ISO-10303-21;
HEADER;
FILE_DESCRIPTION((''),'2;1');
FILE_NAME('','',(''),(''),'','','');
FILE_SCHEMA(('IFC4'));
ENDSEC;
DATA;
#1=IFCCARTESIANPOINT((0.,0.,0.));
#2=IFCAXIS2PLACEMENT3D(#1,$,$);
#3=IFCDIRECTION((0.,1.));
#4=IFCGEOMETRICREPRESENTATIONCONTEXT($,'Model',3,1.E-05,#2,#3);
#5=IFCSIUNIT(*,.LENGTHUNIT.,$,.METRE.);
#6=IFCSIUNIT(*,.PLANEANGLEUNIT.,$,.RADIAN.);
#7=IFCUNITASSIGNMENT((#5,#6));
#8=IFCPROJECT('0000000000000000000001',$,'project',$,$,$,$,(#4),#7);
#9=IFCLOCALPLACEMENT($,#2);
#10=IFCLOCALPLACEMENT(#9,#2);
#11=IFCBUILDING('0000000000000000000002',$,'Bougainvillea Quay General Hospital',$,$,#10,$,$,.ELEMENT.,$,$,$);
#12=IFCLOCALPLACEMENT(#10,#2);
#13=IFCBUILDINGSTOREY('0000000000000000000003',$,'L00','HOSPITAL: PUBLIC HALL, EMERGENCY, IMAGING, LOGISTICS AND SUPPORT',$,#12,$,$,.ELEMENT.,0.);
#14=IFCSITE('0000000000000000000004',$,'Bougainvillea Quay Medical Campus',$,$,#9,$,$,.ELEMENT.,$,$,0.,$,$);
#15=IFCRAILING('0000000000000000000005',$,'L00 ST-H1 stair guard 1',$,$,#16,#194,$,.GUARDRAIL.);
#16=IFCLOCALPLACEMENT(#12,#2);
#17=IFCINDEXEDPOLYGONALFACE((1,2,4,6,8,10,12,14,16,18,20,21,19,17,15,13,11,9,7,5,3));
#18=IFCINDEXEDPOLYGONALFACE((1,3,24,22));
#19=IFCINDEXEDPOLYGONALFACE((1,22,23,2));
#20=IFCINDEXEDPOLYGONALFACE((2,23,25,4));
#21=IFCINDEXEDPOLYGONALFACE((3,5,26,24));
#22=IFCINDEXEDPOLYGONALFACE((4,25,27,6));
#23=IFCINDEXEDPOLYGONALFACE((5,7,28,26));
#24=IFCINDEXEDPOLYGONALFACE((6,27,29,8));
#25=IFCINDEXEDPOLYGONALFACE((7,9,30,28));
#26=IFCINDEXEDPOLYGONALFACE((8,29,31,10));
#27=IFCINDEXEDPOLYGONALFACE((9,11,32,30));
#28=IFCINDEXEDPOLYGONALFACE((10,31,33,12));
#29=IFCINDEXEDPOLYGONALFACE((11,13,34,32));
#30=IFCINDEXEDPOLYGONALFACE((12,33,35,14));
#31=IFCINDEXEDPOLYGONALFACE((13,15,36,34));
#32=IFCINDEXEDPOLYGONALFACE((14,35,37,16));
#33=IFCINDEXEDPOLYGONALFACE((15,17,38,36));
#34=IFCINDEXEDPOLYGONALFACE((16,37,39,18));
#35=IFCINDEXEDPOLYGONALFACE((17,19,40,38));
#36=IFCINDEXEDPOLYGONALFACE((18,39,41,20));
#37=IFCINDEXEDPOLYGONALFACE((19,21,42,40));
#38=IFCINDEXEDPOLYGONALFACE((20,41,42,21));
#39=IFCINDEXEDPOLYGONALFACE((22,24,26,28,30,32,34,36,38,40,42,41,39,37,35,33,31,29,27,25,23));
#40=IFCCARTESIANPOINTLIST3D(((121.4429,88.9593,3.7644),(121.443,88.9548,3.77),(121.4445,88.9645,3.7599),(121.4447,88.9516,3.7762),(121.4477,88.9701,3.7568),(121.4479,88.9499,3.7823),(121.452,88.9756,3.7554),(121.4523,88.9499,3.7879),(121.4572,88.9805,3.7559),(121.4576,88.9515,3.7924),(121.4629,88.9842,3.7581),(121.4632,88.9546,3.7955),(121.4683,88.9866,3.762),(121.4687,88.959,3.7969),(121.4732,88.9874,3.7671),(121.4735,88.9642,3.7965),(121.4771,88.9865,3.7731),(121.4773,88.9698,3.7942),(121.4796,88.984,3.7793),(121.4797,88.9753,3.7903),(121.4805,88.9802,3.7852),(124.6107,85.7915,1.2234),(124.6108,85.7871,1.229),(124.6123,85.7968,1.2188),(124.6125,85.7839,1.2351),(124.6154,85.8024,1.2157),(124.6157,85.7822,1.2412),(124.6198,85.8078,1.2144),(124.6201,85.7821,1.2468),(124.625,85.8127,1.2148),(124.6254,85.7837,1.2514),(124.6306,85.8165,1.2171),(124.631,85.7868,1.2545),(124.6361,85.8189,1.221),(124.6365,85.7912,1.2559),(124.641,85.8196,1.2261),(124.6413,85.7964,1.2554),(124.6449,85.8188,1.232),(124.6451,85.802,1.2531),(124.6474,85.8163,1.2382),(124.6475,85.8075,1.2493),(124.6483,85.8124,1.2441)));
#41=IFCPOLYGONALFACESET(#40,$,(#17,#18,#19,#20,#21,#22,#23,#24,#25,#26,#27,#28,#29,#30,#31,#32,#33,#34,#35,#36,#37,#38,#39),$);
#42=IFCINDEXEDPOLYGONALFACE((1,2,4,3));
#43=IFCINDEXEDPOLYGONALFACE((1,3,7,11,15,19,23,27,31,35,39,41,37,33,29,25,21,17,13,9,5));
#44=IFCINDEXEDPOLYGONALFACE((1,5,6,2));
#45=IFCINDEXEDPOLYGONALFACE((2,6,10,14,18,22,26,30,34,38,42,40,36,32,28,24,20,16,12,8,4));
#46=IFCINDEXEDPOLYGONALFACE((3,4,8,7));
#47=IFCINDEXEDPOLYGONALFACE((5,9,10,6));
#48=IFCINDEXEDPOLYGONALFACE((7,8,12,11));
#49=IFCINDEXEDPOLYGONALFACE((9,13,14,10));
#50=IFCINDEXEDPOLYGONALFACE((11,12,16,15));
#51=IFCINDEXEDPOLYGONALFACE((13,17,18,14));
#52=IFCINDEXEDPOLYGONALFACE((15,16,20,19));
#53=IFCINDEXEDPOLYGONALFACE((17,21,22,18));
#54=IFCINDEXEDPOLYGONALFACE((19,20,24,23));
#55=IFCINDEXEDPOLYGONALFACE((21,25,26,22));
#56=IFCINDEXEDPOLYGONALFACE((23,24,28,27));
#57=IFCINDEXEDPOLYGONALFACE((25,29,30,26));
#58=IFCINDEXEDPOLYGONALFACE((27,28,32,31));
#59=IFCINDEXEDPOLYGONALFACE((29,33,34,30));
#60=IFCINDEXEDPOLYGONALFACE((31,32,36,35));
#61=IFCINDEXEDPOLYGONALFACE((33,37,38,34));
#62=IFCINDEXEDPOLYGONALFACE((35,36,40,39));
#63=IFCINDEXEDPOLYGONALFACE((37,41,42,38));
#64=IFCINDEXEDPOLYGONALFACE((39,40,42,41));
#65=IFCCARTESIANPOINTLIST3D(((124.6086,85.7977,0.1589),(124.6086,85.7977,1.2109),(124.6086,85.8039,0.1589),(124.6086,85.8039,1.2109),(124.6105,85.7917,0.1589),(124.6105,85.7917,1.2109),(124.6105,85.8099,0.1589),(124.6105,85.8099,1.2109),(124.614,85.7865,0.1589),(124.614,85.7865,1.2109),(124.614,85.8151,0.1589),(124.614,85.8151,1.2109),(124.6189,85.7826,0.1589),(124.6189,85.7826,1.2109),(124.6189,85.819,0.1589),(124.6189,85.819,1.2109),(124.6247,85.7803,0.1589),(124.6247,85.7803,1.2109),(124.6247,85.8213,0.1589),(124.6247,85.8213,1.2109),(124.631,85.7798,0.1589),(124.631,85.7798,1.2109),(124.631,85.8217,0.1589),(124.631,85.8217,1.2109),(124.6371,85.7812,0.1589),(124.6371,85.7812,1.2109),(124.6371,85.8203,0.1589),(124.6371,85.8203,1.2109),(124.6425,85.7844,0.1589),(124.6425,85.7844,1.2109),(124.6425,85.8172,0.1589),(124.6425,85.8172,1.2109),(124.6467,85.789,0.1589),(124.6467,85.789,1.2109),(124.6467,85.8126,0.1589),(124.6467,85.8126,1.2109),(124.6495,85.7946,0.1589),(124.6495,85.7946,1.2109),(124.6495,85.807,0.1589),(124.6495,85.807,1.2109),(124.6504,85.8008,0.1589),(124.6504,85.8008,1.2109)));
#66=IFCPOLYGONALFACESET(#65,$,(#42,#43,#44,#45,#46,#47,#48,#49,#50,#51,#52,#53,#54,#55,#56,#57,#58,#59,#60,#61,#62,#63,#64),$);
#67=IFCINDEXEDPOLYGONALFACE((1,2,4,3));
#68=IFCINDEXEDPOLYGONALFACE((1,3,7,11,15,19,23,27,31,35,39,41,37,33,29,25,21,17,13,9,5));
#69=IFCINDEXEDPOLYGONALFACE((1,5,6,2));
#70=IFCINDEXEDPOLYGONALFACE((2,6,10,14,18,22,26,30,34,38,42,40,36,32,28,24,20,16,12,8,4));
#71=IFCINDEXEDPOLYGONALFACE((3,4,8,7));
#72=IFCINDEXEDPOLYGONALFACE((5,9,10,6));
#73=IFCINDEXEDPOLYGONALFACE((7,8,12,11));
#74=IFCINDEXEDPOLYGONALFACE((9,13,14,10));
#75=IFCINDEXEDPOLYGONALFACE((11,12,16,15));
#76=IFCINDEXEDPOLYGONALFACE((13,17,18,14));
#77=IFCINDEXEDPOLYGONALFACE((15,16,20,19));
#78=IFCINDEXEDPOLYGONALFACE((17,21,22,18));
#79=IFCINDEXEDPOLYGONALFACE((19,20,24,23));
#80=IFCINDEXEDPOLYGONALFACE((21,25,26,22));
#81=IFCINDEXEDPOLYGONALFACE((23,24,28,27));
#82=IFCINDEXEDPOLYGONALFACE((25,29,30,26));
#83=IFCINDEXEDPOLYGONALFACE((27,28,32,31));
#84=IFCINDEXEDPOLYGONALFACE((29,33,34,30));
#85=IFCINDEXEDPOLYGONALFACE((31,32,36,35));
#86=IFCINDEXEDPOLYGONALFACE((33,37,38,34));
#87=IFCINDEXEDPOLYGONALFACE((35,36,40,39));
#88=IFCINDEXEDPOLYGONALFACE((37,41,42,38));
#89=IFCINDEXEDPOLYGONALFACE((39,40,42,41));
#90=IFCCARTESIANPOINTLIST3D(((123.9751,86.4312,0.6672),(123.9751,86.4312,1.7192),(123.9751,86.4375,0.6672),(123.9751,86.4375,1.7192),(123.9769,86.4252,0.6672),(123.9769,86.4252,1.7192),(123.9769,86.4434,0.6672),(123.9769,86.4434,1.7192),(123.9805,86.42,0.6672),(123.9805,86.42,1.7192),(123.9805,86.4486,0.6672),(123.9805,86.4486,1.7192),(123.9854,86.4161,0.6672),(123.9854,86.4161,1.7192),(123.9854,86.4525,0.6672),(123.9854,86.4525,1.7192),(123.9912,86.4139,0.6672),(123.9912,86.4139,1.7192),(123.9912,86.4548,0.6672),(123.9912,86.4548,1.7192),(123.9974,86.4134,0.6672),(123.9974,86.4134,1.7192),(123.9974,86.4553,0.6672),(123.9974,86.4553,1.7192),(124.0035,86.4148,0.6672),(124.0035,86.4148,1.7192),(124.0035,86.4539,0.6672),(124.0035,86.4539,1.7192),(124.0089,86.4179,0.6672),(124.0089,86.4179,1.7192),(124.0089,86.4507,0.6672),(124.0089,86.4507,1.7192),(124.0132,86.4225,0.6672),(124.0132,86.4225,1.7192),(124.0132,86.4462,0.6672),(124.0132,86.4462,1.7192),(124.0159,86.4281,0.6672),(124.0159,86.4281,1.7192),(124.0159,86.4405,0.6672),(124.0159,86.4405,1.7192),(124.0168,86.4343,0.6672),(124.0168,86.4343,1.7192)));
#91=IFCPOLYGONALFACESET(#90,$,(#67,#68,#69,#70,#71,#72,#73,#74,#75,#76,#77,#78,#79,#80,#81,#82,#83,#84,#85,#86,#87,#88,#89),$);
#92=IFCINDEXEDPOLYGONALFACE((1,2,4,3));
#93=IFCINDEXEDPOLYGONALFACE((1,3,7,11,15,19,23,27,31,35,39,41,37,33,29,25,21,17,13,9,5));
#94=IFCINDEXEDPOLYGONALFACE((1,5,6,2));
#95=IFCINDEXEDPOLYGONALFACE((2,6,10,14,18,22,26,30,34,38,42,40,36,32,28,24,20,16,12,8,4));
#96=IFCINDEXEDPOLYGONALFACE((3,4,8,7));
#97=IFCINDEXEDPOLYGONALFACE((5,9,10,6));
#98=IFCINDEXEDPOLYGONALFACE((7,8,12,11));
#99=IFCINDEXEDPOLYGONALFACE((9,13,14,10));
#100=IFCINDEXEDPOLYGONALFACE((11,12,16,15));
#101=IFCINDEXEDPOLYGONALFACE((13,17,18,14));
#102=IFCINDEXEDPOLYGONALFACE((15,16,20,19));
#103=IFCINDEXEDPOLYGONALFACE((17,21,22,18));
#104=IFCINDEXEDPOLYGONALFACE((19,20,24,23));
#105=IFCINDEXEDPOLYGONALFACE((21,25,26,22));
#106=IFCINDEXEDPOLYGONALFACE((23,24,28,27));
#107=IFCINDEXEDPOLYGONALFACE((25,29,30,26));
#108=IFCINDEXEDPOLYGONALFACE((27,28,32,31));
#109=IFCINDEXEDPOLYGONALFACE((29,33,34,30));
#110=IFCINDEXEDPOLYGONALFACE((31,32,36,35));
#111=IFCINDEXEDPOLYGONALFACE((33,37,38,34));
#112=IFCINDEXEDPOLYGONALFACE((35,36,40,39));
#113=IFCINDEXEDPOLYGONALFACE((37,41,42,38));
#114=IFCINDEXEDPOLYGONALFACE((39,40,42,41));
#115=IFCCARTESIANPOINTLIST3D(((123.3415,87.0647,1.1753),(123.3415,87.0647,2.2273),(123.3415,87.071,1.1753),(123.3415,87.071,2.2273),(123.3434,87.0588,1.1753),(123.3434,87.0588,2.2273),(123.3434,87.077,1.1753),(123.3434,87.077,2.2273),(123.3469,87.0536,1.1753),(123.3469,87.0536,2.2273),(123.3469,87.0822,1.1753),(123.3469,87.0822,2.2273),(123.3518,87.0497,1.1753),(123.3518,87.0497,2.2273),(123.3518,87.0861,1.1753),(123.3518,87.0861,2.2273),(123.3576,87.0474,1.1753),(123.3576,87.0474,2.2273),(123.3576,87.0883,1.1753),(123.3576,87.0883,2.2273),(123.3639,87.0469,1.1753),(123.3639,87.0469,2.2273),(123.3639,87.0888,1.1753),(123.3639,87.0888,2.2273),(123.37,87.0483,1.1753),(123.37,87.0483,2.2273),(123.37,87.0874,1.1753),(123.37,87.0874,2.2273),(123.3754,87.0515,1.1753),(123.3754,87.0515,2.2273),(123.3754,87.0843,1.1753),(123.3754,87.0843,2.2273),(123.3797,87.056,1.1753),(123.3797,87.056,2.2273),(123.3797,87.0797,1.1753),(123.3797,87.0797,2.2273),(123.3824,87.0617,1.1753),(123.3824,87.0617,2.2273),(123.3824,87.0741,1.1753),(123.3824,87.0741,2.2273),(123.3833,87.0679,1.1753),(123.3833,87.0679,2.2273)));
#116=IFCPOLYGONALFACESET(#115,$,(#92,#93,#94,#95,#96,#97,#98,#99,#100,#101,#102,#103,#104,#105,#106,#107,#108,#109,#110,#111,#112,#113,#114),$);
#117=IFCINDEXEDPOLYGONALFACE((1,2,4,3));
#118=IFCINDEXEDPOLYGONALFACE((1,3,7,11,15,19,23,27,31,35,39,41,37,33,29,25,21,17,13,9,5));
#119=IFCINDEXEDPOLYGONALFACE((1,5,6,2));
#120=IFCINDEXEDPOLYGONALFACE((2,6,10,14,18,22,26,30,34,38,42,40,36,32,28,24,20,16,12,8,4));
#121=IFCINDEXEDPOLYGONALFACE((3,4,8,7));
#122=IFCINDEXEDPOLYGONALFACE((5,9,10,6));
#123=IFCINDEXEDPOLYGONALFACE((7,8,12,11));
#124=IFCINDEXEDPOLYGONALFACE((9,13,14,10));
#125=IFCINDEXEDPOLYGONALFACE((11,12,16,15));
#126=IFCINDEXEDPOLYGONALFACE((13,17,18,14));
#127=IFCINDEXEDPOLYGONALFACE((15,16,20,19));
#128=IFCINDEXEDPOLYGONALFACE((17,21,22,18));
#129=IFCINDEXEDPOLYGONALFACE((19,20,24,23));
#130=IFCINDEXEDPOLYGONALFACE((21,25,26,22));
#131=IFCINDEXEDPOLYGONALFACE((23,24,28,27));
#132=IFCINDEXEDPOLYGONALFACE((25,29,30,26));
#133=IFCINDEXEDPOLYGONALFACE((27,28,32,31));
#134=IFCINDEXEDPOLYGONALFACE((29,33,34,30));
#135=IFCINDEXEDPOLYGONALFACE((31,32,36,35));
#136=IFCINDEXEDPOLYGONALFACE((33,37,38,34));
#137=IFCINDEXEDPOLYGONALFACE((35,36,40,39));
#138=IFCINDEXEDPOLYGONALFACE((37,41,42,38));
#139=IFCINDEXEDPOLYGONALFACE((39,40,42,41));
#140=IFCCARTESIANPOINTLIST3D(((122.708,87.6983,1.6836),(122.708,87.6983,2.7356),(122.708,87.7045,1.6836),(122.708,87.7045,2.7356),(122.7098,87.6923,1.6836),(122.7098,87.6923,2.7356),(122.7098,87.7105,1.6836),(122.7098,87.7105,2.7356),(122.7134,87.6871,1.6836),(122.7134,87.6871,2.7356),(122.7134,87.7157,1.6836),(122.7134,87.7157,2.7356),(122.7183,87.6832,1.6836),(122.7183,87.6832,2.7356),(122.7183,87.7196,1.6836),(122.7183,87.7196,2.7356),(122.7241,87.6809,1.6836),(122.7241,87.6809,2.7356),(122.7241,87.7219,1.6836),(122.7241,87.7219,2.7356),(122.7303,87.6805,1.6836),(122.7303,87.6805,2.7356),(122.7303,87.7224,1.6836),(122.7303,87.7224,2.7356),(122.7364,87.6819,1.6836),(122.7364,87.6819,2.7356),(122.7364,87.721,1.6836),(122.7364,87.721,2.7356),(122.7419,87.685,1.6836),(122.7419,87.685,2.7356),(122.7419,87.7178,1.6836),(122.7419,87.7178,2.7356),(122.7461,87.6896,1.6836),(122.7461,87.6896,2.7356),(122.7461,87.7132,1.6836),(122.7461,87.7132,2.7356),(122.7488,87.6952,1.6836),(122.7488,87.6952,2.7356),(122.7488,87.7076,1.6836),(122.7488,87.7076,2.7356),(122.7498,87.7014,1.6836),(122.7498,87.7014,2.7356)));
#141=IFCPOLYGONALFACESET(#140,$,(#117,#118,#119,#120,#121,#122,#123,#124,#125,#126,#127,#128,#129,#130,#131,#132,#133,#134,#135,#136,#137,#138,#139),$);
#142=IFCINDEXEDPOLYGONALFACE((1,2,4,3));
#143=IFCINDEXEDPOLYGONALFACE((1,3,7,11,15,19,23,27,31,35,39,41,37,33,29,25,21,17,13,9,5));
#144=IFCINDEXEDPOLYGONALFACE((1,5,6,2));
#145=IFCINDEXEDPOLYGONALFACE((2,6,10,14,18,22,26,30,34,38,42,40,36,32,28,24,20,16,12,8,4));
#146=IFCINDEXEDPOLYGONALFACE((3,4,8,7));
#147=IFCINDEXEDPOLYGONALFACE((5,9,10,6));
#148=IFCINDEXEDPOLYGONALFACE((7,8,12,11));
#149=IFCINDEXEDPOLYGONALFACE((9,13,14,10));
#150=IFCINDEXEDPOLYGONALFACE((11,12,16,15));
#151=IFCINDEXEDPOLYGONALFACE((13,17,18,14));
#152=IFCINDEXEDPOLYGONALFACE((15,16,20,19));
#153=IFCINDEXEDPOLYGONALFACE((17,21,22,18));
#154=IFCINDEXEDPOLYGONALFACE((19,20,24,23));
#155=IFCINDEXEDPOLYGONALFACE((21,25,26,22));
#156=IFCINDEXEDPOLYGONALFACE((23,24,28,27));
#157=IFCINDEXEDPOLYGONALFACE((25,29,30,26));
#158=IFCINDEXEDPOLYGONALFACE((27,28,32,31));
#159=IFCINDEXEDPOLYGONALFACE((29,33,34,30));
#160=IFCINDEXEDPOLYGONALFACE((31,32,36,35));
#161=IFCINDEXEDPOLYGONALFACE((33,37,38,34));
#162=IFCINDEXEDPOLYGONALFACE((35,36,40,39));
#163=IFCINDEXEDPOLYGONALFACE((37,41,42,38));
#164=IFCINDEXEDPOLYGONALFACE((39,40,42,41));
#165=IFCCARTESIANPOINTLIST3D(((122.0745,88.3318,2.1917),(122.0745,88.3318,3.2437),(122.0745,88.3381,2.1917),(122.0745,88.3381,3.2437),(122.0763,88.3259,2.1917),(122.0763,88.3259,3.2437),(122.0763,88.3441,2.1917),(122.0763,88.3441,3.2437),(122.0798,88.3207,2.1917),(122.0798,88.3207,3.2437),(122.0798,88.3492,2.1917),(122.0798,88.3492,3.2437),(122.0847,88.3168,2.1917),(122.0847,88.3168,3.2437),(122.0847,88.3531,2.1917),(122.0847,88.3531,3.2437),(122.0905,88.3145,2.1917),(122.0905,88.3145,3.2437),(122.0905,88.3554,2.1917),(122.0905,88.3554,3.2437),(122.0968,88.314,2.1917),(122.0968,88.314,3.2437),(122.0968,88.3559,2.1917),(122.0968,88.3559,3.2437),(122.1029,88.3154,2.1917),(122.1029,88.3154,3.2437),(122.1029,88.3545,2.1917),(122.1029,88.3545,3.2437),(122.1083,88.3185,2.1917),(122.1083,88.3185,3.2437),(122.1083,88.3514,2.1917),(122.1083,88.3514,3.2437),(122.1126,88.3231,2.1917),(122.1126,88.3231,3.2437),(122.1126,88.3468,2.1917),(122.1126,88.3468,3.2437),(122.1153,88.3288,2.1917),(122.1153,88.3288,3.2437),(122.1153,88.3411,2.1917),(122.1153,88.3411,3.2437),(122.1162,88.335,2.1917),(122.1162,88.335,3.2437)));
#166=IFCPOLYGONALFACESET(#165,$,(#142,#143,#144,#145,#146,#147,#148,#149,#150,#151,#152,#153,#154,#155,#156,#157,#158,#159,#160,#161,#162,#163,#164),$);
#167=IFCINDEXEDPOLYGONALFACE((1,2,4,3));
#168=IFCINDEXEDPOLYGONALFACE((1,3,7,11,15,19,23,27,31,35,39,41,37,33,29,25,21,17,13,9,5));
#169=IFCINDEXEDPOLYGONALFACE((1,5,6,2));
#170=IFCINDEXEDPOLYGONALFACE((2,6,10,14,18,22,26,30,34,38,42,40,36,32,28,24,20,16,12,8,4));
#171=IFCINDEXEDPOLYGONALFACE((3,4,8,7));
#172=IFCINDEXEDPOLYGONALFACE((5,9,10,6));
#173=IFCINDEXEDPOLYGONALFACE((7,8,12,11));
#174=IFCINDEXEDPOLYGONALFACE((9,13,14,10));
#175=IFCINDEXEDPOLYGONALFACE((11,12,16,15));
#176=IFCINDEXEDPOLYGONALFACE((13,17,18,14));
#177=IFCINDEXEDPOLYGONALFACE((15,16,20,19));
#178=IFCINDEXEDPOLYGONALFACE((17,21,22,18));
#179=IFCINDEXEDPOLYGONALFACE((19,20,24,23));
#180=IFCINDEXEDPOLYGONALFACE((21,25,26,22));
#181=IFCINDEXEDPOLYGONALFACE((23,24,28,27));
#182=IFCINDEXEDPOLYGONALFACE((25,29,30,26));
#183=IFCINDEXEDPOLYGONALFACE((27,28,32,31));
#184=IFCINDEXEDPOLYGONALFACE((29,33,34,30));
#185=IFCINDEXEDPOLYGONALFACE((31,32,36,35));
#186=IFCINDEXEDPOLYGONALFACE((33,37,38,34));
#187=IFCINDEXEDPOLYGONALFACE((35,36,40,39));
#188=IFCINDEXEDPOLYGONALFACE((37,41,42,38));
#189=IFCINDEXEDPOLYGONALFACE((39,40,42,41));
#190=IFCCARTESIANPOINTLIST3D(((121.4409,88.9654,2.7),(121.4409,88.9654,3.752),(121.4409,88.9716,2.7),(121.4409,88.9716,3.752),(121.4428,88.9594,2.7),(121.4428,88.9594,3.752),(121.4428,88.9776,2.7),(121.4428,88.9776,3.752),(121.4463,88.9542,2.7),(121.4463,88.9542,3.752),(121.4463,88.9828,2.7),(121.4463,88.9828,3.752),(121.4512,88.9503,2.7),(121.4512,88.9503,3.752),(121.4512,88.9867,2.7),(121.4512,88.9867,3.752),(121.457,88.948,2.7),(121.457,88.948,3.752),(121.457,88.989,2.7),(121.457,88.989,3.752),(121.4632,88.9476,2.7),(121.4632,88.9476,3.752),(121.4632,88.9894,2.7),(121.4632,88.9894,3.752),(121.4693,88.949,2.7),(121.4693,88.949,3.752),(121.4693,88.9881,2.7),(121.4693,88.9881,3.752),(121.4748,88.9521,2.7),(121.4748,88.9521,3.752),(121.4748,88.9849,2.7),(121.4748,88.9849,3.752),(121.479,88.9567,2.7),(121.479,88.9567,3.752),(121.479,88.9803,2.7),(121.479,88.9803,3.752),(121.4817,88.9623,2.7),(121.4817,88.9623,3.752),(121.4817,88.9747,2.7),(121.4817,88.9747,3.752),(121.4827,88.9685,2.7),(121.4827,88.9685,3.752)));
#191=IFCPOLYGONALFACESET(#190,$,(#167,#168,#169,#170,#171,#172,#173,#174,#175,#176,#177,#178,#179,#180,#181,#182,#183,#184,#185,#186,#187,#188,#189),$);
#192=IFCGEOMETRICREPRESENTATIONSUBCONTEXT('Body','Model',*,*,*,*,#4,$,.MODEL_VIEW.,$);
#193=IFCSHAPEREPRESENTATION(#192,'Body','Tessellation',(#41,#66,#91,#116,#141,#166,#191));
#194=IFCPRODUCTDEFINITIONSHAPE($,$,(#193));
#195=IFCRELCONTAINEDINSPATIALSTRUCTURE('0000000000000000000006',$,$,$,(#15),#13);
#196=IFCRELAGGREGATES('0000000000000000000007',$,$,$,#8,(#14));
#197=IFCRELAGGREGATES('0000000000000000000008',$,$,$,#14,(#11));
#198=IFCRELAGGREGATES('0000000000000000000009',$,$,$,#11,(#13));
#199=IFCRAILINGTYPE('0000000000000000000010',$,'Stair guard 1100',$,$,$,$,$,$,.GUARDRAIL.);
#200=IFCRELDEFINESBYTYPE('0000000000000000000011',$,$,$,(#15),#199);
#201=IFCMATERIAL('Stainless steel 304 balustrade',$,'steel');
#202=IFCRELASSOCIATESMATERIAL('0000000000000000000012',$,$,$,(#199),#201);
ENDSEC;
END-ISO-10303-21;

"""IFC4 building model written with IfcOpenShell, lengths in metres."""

from ifc_helpers import new_model, si_unit, direction, frame, origin, origin_2d, place, context, subcontext, project, spatial, circle, extrude, material, type_object, element, save


model = new_model("IFC4")

# Units and contexts
model_context = context("Model", 3, precision=1e-05, world=origin(), true_north=direction((0.0, 1.0)))
body_context = subcontext(model_context, "Body", "Model", "MODEL_VIEW")
ifc_project = project(units=[si_unit("LENGTHUNIT", "METRE"), si_unit("PLANEANGLEUNIT", "RADIAN")], contexts=[model_context])

# Site, building, storey
site_placement = place(None, origin())
site = spatial("IfcSite", under=ifc_project, at=site_placement, Name="Bougainvillea Quay Medical Campus", CompositionType="ELEMENT", RefElevation=0.0)
building_placement = place(site_placement, origin())
building = spatial("IfcBuilding", under=site, at=building_placement, Name="Bougainvillea Quay General Hospital", CompositionType="ELEMENT")
storey_placement = place(building_placement, origin())
storey = spatial("IfcBuildingStorey", under=building, at=storey_placement, Name="L00", Description="HOSPITAL: PUBLIC HALL, EMERGENCY, IMAGING, LOGISTICS AND SUPPORT", CompositionType="ELEMENT", Elevation=0.0)

# Railing
ifc_material_1 = material(Name="Stainless steel 304 balustrade", Category="steel")
railing_type_1 = type_object("IfcRailingType", Name="Stair guard 1100", PredefinedType="GUARDRAIL", material=ifc_material_1)
railing_1_placement = place(storey_placement, frame((124.6294, 85.8008, 0.1589)))
element("IfcRailing", 1, at=railing_1_placement, inside=storey, type_object=railing_type_1, Name="L00 ST-H1 stair guard 1", PredefinedType="GUARDRAIL", context=body_context, shape_type="SweptSolid", body=[
    extrude(circle(Radius=0.0239, at=origin_2d()), frame((0.0, 0.0, 1.0762), z_axis=(-0.615055, 0.615055, 0.493371), x_axis=(-0.707107, -0.707107, 0.0)), (0.0, 0.0, 1.0), 5.1504),
    extrude(circle(Radius=0.021, at=origin_2d()), origin(), (0.0, 0.0, 1.0), 1.052),
    extrude(circle(Radius=0.021, at=origin_2d()), frame((-0.6335, 0.6335, 0.5083)), (0.0, 0.0, 1.0), 1.052),
    extrude(circle(Radius=0.021, at=origin_2d()), frame((-1.2671, 1.2671, 1.0164)), (0.0, 0.0, 1.0), 1.052),
    extrude(circle(Radius=0.021, at=origin_2d()), frame((-1.9006, 1.9006, 1.5247)), (0.0, 0.0, 1.0), 1.052),
    extrude(circle(Radius=0.021, at=origin_2d()), frame((-2.5342, 2.5342, 2.0327)), (0.0, 0.0, 1.0), 1.052),
    extrude(circle(Radius=0.021, at=origin_2d()), frame((-3.1677, 3.1677, 2.541)), (0.0, 0.0, 1.0), 1.052),
])

save(model, "model.ifc")
